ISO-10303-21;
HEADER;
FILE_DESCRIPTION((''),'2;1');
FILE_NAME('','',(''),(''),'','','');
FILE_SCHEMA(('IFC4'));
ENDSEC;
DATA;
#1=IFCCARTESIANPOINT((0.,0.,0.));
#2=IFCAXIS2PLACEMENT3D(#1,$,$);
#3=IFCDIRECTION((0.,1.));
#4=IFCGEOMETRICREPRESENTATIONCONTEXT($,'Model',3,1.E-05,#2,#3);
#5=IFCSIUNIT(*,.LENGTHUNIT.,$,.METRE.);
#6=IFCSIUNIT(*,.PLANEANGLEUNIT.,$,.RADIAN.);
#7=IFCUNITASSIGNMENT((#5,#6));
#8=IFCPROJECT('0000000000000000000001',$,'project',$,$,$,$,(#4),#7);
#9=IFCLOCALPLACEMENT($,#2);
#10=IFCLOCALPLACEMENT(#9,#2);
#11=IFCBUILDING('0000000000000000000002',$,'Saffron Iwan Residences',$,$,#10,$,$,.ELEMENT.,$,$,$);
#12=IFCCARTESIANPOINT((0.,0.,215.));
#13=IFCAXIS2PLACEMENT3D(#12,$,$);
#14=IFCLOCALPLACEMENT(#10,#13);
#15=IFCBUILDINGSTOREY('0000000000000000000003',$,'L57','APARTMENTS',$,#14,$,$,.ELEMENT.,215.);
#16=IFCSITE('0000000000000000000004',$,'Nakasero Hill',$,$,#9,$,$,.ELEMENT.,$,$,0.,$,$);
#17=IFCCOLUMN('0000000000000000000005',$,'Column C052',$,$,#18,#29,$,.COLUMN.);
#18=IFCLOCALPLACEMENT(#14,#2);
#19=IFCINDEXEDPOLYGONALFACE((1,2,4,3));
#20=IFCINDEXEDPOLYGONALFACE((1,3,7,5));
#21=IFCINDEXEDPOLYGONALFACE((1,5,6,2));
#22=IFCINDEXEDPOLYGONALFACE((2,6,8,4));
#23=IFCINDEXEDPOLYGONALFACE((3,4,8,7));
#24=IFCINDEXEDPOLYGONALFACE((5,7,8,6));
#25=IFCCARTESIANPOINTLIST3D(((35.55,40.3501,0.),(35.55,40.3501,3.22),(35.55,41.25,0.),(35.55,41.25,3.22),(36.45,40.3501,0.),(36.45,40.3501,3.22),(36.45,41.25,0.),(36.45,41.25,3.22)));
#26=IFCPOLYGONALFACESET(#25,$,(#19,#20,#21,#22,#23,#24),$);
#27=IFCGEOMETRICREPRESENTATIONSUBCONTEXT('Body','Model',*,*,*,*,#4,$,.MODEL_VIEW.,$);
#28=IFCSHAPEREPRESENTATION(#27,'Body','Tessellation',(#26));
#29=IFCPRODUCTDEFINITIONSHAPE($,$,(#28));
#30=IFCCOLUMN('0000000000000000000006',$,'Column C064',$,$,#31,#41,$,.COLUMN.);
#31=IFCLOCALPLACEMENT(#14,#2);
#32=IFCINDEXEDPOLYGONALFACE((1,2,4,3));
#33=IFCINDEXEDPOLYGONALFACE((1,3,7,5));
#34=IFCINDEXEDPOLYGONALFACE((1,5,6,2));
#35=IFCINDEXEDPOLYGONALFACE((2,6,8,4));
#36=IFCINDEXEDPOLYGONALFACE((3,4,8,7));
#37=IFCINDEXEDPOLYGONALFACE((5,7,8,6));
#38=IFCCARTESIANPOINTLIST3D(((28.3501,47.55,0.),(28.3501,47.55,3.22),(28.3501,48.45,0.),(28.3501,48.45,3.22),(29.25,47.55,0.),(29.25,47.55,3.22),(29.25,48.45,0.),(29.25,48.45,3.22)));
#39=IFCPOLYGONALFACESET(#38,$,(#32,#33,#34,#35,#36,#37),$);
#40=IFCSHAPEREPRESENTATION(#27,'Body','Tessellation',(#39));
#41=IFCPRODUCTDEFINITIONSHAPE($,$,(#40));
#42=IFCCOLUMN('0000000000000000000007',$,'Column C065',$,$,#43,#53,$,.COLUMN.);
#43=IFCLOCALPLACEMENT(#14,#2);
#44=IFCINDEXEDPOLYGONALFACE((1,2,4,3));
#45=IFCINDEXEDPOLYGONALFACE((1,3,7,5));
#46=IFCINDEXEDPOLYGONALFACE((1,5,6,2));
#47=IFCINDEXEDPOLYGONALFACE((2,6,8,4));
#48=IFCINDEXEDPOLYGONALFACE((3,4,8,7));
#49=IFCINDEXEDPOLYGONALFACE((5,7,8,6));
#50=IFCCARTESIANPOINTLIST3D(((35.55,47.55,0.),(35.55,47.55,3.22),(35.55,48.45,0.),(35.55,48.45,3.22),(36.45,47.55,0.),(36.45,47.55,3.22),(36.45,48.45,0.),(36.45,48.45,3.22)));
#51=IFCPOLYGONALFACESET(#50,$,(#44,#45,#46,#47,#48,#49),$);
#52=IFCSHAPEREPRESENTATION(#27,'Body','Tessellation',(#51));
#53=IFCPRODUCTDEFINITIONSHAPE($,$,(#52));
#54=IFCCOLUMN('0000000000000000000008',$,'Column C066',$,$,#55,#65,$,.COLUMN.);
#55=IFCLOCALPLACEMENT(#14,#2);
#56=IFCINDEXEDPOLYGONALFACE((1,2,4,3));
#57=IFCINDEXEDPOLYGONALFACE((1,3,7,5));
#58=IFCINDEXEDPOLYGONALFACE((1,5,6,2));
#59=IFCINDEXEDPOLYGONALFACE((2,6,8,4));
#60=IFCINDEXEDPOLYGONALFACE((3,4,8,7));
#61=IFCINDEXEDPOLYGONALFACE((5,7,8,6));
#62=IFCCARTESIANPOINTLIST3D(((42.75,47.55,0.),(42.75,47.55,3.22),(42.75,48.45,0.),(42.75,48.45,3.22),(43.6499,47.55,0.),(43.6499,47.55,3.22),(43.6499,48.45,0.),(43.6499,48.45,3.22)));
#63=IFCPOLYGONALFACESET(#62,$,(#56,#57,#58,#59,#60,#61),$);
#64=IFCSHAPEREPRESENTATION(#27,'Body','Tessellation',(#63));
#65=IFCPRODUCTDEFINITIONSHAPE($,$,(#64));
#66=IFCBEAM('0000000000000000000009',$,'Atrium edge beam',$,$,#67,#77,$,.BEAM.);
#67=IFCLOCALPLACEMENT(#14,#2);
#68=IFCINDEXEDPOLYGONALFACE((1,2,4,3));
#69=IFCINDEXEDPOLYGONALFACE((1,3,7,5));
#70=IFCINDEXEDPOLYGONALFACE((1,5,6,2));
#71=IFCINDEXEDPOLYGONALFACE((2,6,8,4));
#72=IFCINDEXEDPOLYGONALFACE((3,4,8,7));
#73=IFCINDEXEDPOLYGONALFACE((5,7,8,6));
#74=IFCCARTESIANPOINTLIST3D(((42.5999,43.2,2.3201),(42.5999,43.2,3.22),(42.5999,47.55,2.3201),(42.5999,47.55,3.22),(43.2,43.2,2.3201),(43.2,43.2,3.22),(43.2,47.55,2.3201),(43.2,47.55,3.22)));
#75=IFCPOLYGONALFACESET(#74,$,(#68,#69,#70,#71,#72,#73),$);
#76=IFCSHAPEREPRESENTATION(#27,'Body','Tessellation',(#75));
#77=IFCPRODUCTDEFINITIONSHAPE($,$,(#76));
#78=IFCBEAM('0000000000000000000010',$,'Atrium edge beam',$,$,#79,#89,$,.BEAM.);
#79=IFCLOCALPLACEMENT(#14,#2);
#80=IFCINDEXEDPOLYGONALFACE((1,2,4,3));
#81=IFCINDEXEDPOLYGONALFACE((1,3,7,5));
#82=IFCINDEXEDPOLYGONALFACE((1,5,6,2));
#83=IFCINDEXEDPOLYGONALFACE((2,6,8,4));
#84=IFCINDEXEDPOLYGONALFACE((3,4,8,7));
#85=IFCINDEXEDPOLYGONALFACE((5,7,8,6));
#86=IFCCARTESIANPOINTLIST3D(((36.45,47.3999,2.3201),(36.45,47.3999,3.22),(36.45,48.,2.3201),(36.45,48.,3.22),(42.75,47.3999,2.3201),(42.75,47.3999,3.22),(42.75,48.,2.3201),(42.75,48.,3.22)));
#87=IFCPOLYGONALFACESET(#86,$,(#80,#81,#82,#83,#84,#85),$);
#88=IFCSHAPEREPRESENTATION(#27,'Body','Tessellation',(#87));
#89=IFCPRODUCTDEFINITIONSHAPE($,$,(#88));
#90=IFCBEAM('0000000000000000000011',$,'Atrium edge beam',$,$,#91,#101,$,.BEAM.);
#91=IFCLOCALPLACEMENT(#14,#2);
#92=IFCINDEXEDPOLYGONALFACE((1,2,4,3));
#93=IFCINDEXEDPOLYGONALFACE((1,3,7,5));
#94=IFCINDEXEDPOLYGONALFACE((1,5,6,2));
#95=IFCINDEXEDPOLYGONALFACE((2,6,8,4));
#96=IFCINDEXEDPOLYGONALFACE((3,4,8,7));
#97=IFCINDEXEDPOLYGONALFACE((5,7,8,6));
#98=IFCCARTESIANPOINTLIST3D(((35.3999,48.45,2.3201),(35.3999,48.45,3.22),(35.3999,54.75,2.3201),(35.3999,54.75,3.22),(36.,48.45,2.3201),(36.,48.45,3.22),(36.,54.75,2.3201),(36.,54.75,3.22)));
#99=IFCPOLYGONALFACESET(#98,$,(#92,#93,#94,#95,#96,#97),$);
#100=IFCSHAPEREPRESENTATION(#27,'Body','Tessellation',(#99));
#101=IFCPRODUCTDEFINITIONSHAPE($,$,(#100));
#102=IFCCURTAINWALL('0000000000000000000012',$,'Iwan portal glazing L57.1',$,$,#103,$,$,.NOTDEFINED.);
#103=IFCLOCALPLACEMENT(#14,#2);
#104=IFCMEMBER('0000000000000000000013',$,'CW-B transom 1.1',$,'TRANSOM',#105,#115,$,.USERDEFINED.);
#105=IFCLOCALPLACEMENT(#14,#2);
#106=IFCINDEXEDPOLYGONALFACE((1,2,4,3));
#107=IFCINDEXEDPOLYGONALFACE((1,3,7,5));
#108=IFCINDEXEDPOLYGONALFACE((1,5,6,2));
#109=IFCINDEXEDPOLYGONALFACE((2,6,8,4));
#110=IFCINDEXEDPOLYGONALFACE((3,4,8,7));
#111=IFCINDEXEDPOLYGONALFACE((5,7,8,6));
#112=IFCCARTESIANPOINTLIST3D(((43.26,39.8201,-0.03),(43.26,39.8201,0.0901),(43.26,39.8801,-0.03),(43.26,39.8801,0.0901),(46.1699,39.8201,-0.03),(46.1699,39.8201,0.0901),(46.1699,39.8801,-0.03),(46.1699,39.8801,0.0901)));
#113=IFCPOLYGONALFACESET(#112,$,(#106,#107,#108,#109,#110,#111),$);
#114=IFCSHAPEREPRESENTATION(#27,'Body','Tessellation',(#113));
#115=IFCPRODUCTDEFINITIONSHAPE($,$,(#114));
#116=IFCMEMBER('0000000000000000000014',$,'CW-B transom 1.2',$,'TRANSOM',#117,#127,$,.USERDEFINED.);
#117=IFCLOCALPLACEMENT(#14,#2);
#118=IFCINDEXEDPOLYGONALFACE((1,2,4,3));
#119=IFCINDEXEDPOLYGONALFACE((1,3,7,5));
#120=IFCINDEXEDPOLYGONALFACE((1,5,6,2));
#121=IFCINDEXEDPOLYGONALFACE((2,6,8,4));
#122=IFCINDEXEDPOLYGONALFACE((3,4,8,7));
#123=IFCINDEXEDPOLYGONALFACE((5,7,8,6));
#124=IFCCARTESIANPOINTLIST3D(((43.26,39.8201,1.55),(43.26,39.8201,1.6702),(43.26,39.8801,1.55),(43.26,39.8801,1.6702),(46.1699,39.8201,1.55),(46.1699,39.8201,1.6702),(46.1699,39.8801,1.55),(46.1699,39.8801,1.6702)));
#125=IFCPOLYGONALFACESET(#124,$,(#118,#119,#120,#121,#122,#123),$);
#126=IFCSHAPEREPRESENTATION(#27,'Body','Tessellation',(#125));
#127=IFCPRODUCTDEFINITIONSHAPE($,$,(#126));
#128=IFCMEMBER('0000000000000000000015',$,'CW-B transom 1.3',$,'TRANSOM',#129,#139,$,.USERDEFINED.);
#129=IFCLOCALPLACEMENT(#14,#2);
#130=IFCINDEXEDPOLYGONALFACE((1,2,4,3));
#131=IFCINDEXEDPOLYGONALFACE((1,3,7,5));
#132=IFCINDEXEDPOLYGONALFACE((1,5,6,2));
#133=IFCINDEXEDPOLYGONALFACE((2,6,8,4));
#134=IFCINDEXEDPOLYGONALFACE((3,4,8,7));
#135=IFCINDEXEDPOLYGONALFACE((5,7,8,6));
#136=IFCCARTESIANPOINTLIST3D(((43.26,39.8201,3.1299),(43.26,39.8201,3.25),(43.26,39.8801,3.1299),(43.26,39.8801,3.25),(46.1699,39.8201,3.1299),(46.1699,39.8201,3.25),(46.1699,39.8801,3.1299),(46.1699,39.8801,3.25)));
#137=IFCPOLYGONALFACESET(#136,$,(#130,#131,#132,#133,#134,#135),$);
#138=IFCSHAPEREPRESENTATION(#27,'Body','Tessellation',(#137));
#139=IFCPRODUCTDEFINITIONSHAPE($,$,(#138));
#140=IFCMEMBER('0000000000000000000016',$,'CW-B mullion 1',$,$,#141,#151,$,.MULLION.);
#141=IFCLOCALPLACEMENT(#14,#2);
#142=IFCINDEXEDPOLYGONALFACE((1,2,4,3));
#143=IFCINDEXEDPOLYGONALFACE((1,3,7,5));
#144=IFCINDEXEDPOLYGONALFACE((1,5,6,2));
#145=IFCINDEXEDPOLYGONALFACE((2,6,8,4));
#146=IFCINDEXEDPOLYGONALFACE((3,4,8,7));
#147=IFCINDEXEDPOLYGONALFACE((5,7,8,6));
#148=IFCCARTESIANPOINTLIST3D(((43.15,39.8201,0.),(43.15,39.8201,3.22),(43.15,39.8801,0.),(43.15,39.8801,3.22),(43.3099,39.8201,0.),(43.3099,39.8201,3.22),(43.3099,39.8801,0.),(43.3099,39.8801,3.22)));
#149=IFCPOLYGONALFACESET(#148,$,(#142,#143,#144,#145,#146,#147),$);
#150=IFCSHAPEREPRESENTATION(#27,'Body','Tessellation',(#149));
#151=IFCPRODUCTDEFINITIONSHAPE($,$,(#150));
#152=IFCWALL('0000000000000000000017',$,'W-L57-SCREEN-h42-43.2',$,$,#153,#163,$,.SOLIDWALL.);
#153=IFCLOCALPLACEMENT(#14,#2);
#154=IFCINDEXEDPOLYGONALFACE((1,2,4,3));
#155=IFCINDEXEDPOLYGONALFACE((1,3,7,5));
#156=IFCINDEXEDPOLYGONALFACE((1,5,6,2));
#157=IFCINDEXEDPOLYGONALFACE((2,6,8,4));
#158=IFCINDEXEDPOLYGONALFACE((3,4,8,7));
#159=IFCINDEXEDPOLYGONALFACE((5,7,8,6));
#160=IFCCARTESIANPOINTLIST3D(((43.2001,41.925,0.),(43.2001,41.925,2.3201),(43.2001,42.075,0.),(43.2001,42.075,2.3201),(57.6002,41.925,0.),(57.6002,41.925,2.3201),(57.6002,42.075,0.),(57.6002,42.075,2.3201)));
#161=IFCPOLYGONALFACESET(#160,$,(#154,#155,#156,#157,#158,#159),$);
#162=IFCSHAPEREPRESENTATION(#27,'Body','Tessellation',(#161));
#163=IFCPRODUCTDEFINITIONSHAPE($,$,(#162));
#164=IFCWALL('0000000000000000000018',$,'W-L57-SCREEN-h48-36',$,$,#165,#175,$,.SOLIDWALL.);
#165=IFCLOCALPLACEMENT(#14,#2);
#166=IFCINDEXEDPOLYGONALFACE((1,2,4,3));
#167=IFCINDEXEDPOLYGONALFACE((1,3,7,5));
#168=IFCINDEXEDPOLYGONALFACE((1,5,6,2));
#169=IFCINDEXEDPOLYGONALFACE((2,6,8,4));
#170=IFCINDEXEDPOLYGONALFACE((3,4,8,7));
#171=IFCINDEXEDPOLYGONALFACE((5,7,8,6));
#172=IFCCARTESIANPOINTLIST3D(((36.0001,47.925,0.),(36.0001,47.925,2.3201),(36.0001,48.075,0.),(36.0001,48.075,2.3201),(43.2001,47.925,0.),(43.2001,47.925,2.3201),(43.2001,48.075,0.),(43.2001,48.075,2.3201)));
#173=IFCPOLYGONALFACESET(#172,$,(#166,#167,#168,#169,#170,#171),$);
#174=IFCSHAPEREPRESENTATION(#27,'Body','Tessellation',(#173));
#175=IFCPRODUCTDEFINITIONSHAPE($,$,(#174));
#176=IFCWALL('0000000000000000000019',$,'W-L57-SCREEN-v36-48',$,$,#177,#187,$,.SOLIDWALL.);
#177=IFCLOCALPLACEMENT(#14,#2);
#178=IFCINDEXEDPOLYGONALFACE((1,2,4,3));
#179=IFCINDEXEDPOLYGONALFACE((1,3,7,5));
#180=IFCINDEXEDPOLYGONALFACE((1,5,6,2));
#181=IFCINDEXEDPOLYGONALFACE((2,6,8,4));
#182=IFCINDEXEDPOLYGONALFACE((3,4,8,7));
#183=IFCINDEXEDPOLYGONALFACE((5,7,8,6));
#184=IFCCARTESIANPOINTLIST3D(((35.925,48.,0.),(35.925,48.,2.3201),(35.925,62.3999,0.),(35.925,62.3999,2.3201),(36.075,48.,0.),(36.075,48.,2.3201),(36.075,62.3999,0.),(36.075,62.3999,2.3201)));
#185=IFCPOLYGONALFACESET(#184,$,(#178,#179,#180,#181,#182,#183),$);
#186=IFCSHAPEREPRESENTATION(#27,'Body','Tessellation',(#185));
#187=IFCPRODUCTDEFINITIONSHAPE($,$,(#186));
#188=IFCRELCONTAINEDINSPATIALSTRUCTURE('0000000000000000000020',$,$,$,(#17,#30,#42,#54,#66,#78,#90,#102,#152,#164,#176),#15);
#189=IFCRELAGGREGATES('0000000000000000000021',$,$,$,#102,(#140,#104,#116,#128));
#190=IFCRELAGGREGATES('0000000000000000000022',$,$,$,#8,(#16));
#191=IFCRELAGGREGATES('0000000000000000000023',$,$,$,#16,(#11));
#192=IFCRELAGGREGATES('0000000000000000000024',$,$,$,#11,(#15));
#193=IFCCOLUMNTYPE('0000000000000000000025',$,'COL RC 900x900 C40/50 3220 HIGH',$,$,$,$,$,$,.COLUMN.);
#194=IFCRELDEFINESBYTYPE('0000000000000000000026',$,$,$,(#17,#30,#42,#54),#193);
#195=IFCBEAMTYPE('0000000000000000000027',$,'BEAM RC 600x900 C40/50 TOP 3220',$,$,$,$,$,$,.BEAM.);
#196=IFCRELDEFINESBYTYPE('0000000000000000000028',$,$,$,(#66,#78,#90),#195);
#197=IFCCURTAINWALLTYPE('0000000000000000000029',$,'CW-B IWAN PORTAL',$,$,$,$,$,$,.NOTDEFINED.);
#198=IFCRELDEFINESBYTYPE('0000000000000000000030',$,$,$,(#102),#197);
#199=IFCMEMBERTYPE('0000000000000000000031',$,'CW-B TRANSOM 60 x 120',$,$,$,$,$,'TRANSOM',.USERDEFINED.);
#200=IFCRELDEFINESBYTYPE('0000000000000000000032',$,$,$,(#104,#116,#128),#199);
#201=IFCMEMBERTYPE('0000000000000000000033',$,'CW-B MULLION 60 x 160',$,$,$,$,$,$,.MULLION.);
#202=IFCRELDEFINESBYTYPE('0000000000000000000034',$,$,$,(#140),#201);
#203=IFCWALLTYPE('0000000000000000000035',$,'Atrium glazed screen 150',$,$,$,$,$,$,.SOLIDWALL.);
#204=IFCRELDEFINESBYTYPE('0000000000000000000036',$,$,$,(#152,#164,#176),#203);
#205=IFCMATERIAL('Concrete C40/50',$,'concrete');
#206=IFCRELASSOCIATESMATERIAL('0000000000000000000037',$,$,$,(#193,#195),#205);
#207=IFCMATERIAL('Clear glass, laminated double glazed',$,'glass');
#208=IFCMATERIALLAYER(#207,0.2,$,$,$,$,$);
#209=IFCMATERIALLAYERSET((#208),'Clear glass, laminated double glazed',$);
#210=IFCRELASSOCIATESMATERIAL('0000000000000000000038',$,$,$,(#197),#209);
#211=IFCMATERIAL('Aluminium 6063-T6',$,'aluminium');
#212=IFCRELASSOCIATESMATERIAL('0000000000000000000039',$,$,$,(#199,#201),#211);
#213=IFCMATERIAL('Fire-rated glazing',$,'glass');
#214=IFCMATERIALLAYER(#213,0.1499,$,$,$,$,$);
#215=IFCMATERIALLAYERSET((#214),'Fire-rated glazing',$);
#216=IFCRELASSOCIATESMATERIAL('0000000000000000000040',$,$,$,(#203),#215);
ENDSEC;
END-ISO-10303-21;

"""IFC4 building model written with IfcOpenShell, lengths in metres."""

from ifc_helpers import new_model, si_unit, direction, frame, frame_2d, origin, origin_2d, place, context, subcontext, project, spatial, rectangle, extrude, source, transform, mapped, material, layer, layer_set, material_profile, profile_set, type_object, element, aggregate, save


model = new_model("IFC4")

# Units and contexts
model_context = context("Model", 3, precision=1e-05, world=origin(), true_north=direction((0.0, 1.0)))
body_context = subcontext(model_context, "Body", "Model", "MODEL_VIEW")
ifc_project = project(units=[si_unit("LENGTHUNIT", "METRE"), si_unit("PLANEANGLEUNIT", "RADIAN")], contexts=[model_context])

# Site, building, storey
site_placement = place(None, origin())
site = spatial("IfcSite", under=ifc_project, at=site_placement, Name="Nakasero Hill", CompositionType="ELEMENT", RefElevation=0.0)
building_placement = place(site_placement, origin())
building = spatial("IfcBuilding", under=site, at=building_placement, Name="Saffron Iwan Residences", CompositionType="ELEMENT")
storey_placement = place(building_placement, frame((0.0, 0.0, 215.0)))
storey = spatial("IfcBuildingStorey", under=building, at=storey_placement, Name="L57", Description="APARTMENTS", CompositionType="ELEMENT", Elevation=215.0)

# Columns
ifc_material_1 = material(Name="Concrete C40/50", Category="concrete")
ifc_material_profile_1 = material_profile(ifc_material_1, rectangle(XDim=0.8999, YDim=0.8999, at=origin_2d()), Name="RC 900x900")
ifc_profile_set_1 = profile_set([ifc_material_profile_1], Name="Concrete C40/50")
column_type = type_object("IfcColumnType", Name="COL RC 900x900 C40/50 3220 HIGH", PredefinedType="COLUMN", material=ifc_profile_set_1)
shared_shape_1 = source(origin(), body_context, "Body", "SweptSolid", [
    extrude(rectangle(XDim=0.8999, YDim=0.8999, at=origin_2d()), origin(), (0.0, 0.0, 1.0), 3.22),
])
for number, where, z_axis, x_axis, name in (
    (1, (36.0, 40.8, 0.0), (0.0, 0.0, 1.0), (1.0, 0.0, 0.0), "Column C052"),
    (2, (28.8, 48.0, 0.0), (0.0, 0.0, 1.0), (1.0, 0.0, 0.0), "Column C064"),
    (3, (36.0, 48.0, 0.0), (0.0, 0.0, 1.0), (1.0, 0.0, 0.0), "Column C065"),
    (4, (43.2, 48.0, 0.0), (0.0, 0.0, 1.0), (1.0, 0.0, 0.0), "Column C066"),
):
    element("IfcColumn", number, at=place(storey_placement, frame(where, z_axis=z_axis, x_axis=x_axis)), inside=storey, type_object=column_type, Name=name, PredefinedType="COLUMN", context=body_context, shape_type="MappedRepresentation", body=[
        mapped(shared_shape_1, transform((0.0, 0.0, 0.0))),
    ])

# Beams
ifc_material_profile_2 = material_profile(ifc_material_1, rectangle(XDim=0.6001, YDim=0.8999, at=origin_2d()), Name="RC 600x900")
ifc_profile_set_2 = profile_set([ifc_material_profile_2], Name="Concrete C40/50")
beam_type = type_object("IfcBeamType", Name="BEAM RC 600x900 C40/50 TOP 3220", PredefinedType="BEAM", material=ifc_profile_set_2)
shared_shape_2 = source(origin(), body_context, "Body", "SweptSolid", [
    extrude(rectangle(XDim=0.6001, YDim=0.8999, at=origin_2d()), origin(), (0.0, 0.0, 1.0), 4.3501),
])
beam_placement = place(storey_placement, frame((42.8999, 43.2, 2.77), z_axis=(0.0, 1.0, 0.0), x_axis=(-1.0, 0.0, 0.0)))
element("IfcBeam", 5, at=beam_placement, inside=storey, type_object=beam_type, Name="Atrium edge beam", PredefinedType="BEAM", context=body_context, shape_type="MappedRepresentation", body=[
    mapped(shared_shape_2, transform((0.0, 0.0, 0.0))),
])
shared_shape_3 = source(origin(), body_context, "Body", "SweptSolid", [
    extrude(rectangle(XDim=0.6001, YDim=0.8999, at=origin_2d()), origin(), (0.0, 0.0, 1.0), 6.3),
])
for number, where, z_axis, x_axis, name in (
    (6, (42.75, 47.7, 2.77), (-1.0, 0.0, 0.0), (0.0, -1.0, 0.0), "Atrium edge beam"),
    (7, (35.7, 48.45, 2.77), (0.0, 1.0, 0.0), (-1.0, 0.0, 0.0), "Atrium edge beam"),
):
    element("IfcBeam", number, at=place(storey_placement, frame(where, z_axis=z_axis, x_axis=x_axis)), inside=storey, type_object=beam_type, Name=name, PredefinedType="BEAM", context=body_context, shape_type="MappedRepresentation", body=[
        mapped(shared_shape_3, transform((0.0, 0.0, 0.0))),
    ])

# Curtain wall, members
ifc_material_2 = material(Name="Clear glass, laminated double glazed", Category="glass")
ifc_layer_1 = layer(ifc_material_2, 0.2)
ifc_layer_set_1 = layer_set([ifc_layer_1], Name="Clear glass, laminated double glazed")
curtain_wall_type = type_object("IfcCurtainWallType", Name="CW-B IWAN PORTAL", PredefinedType="NOTDEFINED", material=ifc_layer_set_1)
curtain_wall_placement = place(storey_placement, origin())
curtain_wall = element("IfcCurtainWall", 8, at=curtain_wall_placement, inside=storey, type_object=curtain_wall_type, Name="Iwan portal glazing L57.1", PredefinedType="NOTDEFINED")
ifc_material_3 = material(Name="Aluminium 6063-T6", Category="aluminium")
ifc_material_profile_3 = material_profile(ifc_material_3, rectangle(XDim=0.0601, YDim=0.1201, at=origin_2d()), Name="CW-B TRANSOM 60 x 120")
ifc_profile_set_3 = profile_set([ifc_material_profile_3], Name="Aluminium 6063-T6")
member_type_1 = type_object("IfcMemberType", Name="CW-B TRANSOM 60 x 120", ElementType="TRANSOM", PredefinedType="USERDEFINED", material=ifc_profile_set_3)
shared_shape_4 = source(origin(), body_context, "Body", "SweptSolid", [
    extrude(rectangle(XDim=0.0601, YDim=0.1201, at=origin_2d()), origin(), (0.0, 0.0, 1.0), 2.9099),
])
member_1_placement = place(storey_placement, frame((43.26, 39.8501, 0.03), z_axis=(1.0, 0.0, 0.0), x_axis=(0.0, 1.0, 0.0)))
member_1 = element("IfcMember", 9, at=member_1_placement, type_object=member_type_1, Name="CW-B transom 1.1", ObjectType="TRANSOM", PredefinedType="USERDEFINED", context=body_context, shape_type="MappedRepresentation", body=[
    mapped(shared_shape_4, transform((0.0, 0.0, 0.0))),
])
member_2_placement = place(storey_placement, frame((43.26, 39.8501, 1.6101), z_axis=(1.0, 0.0, 0.0), x_axis=(0.0, 1.0, 0.0)))
member_2 = element("IfcMember", 10, at=member_2_placement, type_object=member_type_1, Name="CW-B transom 1.2", ObjectType="TRANSOM", PredefinedType="USERDEFINED", context=body_context, shape_type="MappedRepresentation", body=[
    mapped(shared_shape_4, transform((0.0, 0.0, 0.0))),
])
member_3_placement = place(storey_placement, frame((43.26, 39.8501, 3.1899), z_axis=(1.0, 0.0, 0.0), x_axis=(0.0, 1.0, 0.0)))
member_3 = element("IfcMember", 11, at=member_3_placement, type_object=member_type_1, Name="CW-B transom 1.3", ObjectType="TRANSOM", PredefinedType="USERDEFINED", context=body_context, shape_type="MappedRepresentation", body=[
    mapped(shared_shape_4, transform((0.0, 0.0, 0.0))),
])
ifc_material_profile_4 = material_profile(ifc_material_3, rectangle(XDim=0.0601, YDim=0.1599, at=origin_2d()), Name="CW-B MULLION 60 x 160")
ifc_profile_set_4 = profile_set([ifc_material_profile_4], Name="Aluminium 6063-T6")
member_type_2 = type_object("IfcMemberType", Name="CW-B MULLION 60 x 160", PredefinedType="MULLION", material=ifc_profile_set_4)
shared_shape_5 = source(origin(), body_context, "Body", "SweptSolid", [
    extrude(rectangle(XDim=0.0601, YDim=0.1599, at=origin_2d()), origin(), (0.0, 0.0, 1.0), 3.22),
])
member_4_placement = place(storey_placement, frame((43.23, 39.8501, 0.0), z_axis=(0.0, 0.0, 1.0), x_axis=(0.0, 1.0, 0.0)))
member_4 = element("IfcMember", 12, at=member_4_placement, type_object=member_type_2, Name="CW-B mullion 1", PredefinedType="MULLION", context=body_context, shape_type="MappedRepresentation", body=[
    mapped(shared_shape_5, transform((0.0, 0.0, 0.0))),
])
aggregate(curtain_wall, [member_4, member_1, member_2, member_3])

# Walls
ifc_material_4 = material(Name="Fire-rated glazing", Category="glass")
ifc_layer_2 = layer(ifc_material_4, 0.1499)
ifc_layer_set_2 = layer_set([ifc_layer_2], Name="Fire-rated glazing")
wall_type_1 = type_object("IfcWallType", Name="Atrium glazed screen 150", PredefinedType="SOLIDWALL", material=ifc_layer_set_2)
wall_1_placement = place(storey_placement, frame((43.2, 42.0, 0.0), z_axis=(0.0, 0.0, 1.0), x_axis=(1.0, 0.0, 0.0)))
element("IfcWall", 13, at=wall_1_placement, inside=storey, type_object=wall_type_1, Name="W-L57-SCREEN-h42-43.2", PredefinedType="SOLIDWALL", context=body_context, shape_type="SweptSolid", body=[
    extrude(rectangle(XDim=14.4001, YDim=0.1499, at=frame_2d((7.2002, 0.0))), origin(), (0.0, 0.0, 1.0), 2.3201),
])
wall_2_placement = place(storey_placement, frame((36.0, 48.0, 0.0), z_axis=(0.0, 0.0, 1.0), x_axis=(1.0, 0.0, 0.0)))
element("IfcWall", 14, at=wall_2_placement, inside=storey, type_object=wall_type_1, Name="W-L57-SCREEN-h48-36", PredefinedType="SOLIDWALL", context=body_context, shape_type="SweptSolid", body=[
    extrude(rectangle(XDim=7.2, YDim=0.1499, at=frame_2d((3.6001, 0.0))), origin(), (0.0, 0.0, 1.0), 2.3201),
])
wall_3_placement = place(storey_placement, frame((36.0, 48.0, 0.0), z_axis=(0.0, 0.0, 1.0), x_axis=(0.0, 1.0, 0.0)))
element("IfcWall", 15, at=wall_3_placement, inside=storey, type_object=wall_type_1, Name="W-L57-SCREEN-v36-48", PredefinedType="SOLIDWALL", context=body_context, shape_type="SweptSolid", body=[
    extrude(rectangle(XDim=14.3999, YDim=0.1499, at=frame_2d((7.2, 0.0))), origin(), (0.0, 0.0, 1.0), 2.3201),
])

save(model, "model.ifc")
